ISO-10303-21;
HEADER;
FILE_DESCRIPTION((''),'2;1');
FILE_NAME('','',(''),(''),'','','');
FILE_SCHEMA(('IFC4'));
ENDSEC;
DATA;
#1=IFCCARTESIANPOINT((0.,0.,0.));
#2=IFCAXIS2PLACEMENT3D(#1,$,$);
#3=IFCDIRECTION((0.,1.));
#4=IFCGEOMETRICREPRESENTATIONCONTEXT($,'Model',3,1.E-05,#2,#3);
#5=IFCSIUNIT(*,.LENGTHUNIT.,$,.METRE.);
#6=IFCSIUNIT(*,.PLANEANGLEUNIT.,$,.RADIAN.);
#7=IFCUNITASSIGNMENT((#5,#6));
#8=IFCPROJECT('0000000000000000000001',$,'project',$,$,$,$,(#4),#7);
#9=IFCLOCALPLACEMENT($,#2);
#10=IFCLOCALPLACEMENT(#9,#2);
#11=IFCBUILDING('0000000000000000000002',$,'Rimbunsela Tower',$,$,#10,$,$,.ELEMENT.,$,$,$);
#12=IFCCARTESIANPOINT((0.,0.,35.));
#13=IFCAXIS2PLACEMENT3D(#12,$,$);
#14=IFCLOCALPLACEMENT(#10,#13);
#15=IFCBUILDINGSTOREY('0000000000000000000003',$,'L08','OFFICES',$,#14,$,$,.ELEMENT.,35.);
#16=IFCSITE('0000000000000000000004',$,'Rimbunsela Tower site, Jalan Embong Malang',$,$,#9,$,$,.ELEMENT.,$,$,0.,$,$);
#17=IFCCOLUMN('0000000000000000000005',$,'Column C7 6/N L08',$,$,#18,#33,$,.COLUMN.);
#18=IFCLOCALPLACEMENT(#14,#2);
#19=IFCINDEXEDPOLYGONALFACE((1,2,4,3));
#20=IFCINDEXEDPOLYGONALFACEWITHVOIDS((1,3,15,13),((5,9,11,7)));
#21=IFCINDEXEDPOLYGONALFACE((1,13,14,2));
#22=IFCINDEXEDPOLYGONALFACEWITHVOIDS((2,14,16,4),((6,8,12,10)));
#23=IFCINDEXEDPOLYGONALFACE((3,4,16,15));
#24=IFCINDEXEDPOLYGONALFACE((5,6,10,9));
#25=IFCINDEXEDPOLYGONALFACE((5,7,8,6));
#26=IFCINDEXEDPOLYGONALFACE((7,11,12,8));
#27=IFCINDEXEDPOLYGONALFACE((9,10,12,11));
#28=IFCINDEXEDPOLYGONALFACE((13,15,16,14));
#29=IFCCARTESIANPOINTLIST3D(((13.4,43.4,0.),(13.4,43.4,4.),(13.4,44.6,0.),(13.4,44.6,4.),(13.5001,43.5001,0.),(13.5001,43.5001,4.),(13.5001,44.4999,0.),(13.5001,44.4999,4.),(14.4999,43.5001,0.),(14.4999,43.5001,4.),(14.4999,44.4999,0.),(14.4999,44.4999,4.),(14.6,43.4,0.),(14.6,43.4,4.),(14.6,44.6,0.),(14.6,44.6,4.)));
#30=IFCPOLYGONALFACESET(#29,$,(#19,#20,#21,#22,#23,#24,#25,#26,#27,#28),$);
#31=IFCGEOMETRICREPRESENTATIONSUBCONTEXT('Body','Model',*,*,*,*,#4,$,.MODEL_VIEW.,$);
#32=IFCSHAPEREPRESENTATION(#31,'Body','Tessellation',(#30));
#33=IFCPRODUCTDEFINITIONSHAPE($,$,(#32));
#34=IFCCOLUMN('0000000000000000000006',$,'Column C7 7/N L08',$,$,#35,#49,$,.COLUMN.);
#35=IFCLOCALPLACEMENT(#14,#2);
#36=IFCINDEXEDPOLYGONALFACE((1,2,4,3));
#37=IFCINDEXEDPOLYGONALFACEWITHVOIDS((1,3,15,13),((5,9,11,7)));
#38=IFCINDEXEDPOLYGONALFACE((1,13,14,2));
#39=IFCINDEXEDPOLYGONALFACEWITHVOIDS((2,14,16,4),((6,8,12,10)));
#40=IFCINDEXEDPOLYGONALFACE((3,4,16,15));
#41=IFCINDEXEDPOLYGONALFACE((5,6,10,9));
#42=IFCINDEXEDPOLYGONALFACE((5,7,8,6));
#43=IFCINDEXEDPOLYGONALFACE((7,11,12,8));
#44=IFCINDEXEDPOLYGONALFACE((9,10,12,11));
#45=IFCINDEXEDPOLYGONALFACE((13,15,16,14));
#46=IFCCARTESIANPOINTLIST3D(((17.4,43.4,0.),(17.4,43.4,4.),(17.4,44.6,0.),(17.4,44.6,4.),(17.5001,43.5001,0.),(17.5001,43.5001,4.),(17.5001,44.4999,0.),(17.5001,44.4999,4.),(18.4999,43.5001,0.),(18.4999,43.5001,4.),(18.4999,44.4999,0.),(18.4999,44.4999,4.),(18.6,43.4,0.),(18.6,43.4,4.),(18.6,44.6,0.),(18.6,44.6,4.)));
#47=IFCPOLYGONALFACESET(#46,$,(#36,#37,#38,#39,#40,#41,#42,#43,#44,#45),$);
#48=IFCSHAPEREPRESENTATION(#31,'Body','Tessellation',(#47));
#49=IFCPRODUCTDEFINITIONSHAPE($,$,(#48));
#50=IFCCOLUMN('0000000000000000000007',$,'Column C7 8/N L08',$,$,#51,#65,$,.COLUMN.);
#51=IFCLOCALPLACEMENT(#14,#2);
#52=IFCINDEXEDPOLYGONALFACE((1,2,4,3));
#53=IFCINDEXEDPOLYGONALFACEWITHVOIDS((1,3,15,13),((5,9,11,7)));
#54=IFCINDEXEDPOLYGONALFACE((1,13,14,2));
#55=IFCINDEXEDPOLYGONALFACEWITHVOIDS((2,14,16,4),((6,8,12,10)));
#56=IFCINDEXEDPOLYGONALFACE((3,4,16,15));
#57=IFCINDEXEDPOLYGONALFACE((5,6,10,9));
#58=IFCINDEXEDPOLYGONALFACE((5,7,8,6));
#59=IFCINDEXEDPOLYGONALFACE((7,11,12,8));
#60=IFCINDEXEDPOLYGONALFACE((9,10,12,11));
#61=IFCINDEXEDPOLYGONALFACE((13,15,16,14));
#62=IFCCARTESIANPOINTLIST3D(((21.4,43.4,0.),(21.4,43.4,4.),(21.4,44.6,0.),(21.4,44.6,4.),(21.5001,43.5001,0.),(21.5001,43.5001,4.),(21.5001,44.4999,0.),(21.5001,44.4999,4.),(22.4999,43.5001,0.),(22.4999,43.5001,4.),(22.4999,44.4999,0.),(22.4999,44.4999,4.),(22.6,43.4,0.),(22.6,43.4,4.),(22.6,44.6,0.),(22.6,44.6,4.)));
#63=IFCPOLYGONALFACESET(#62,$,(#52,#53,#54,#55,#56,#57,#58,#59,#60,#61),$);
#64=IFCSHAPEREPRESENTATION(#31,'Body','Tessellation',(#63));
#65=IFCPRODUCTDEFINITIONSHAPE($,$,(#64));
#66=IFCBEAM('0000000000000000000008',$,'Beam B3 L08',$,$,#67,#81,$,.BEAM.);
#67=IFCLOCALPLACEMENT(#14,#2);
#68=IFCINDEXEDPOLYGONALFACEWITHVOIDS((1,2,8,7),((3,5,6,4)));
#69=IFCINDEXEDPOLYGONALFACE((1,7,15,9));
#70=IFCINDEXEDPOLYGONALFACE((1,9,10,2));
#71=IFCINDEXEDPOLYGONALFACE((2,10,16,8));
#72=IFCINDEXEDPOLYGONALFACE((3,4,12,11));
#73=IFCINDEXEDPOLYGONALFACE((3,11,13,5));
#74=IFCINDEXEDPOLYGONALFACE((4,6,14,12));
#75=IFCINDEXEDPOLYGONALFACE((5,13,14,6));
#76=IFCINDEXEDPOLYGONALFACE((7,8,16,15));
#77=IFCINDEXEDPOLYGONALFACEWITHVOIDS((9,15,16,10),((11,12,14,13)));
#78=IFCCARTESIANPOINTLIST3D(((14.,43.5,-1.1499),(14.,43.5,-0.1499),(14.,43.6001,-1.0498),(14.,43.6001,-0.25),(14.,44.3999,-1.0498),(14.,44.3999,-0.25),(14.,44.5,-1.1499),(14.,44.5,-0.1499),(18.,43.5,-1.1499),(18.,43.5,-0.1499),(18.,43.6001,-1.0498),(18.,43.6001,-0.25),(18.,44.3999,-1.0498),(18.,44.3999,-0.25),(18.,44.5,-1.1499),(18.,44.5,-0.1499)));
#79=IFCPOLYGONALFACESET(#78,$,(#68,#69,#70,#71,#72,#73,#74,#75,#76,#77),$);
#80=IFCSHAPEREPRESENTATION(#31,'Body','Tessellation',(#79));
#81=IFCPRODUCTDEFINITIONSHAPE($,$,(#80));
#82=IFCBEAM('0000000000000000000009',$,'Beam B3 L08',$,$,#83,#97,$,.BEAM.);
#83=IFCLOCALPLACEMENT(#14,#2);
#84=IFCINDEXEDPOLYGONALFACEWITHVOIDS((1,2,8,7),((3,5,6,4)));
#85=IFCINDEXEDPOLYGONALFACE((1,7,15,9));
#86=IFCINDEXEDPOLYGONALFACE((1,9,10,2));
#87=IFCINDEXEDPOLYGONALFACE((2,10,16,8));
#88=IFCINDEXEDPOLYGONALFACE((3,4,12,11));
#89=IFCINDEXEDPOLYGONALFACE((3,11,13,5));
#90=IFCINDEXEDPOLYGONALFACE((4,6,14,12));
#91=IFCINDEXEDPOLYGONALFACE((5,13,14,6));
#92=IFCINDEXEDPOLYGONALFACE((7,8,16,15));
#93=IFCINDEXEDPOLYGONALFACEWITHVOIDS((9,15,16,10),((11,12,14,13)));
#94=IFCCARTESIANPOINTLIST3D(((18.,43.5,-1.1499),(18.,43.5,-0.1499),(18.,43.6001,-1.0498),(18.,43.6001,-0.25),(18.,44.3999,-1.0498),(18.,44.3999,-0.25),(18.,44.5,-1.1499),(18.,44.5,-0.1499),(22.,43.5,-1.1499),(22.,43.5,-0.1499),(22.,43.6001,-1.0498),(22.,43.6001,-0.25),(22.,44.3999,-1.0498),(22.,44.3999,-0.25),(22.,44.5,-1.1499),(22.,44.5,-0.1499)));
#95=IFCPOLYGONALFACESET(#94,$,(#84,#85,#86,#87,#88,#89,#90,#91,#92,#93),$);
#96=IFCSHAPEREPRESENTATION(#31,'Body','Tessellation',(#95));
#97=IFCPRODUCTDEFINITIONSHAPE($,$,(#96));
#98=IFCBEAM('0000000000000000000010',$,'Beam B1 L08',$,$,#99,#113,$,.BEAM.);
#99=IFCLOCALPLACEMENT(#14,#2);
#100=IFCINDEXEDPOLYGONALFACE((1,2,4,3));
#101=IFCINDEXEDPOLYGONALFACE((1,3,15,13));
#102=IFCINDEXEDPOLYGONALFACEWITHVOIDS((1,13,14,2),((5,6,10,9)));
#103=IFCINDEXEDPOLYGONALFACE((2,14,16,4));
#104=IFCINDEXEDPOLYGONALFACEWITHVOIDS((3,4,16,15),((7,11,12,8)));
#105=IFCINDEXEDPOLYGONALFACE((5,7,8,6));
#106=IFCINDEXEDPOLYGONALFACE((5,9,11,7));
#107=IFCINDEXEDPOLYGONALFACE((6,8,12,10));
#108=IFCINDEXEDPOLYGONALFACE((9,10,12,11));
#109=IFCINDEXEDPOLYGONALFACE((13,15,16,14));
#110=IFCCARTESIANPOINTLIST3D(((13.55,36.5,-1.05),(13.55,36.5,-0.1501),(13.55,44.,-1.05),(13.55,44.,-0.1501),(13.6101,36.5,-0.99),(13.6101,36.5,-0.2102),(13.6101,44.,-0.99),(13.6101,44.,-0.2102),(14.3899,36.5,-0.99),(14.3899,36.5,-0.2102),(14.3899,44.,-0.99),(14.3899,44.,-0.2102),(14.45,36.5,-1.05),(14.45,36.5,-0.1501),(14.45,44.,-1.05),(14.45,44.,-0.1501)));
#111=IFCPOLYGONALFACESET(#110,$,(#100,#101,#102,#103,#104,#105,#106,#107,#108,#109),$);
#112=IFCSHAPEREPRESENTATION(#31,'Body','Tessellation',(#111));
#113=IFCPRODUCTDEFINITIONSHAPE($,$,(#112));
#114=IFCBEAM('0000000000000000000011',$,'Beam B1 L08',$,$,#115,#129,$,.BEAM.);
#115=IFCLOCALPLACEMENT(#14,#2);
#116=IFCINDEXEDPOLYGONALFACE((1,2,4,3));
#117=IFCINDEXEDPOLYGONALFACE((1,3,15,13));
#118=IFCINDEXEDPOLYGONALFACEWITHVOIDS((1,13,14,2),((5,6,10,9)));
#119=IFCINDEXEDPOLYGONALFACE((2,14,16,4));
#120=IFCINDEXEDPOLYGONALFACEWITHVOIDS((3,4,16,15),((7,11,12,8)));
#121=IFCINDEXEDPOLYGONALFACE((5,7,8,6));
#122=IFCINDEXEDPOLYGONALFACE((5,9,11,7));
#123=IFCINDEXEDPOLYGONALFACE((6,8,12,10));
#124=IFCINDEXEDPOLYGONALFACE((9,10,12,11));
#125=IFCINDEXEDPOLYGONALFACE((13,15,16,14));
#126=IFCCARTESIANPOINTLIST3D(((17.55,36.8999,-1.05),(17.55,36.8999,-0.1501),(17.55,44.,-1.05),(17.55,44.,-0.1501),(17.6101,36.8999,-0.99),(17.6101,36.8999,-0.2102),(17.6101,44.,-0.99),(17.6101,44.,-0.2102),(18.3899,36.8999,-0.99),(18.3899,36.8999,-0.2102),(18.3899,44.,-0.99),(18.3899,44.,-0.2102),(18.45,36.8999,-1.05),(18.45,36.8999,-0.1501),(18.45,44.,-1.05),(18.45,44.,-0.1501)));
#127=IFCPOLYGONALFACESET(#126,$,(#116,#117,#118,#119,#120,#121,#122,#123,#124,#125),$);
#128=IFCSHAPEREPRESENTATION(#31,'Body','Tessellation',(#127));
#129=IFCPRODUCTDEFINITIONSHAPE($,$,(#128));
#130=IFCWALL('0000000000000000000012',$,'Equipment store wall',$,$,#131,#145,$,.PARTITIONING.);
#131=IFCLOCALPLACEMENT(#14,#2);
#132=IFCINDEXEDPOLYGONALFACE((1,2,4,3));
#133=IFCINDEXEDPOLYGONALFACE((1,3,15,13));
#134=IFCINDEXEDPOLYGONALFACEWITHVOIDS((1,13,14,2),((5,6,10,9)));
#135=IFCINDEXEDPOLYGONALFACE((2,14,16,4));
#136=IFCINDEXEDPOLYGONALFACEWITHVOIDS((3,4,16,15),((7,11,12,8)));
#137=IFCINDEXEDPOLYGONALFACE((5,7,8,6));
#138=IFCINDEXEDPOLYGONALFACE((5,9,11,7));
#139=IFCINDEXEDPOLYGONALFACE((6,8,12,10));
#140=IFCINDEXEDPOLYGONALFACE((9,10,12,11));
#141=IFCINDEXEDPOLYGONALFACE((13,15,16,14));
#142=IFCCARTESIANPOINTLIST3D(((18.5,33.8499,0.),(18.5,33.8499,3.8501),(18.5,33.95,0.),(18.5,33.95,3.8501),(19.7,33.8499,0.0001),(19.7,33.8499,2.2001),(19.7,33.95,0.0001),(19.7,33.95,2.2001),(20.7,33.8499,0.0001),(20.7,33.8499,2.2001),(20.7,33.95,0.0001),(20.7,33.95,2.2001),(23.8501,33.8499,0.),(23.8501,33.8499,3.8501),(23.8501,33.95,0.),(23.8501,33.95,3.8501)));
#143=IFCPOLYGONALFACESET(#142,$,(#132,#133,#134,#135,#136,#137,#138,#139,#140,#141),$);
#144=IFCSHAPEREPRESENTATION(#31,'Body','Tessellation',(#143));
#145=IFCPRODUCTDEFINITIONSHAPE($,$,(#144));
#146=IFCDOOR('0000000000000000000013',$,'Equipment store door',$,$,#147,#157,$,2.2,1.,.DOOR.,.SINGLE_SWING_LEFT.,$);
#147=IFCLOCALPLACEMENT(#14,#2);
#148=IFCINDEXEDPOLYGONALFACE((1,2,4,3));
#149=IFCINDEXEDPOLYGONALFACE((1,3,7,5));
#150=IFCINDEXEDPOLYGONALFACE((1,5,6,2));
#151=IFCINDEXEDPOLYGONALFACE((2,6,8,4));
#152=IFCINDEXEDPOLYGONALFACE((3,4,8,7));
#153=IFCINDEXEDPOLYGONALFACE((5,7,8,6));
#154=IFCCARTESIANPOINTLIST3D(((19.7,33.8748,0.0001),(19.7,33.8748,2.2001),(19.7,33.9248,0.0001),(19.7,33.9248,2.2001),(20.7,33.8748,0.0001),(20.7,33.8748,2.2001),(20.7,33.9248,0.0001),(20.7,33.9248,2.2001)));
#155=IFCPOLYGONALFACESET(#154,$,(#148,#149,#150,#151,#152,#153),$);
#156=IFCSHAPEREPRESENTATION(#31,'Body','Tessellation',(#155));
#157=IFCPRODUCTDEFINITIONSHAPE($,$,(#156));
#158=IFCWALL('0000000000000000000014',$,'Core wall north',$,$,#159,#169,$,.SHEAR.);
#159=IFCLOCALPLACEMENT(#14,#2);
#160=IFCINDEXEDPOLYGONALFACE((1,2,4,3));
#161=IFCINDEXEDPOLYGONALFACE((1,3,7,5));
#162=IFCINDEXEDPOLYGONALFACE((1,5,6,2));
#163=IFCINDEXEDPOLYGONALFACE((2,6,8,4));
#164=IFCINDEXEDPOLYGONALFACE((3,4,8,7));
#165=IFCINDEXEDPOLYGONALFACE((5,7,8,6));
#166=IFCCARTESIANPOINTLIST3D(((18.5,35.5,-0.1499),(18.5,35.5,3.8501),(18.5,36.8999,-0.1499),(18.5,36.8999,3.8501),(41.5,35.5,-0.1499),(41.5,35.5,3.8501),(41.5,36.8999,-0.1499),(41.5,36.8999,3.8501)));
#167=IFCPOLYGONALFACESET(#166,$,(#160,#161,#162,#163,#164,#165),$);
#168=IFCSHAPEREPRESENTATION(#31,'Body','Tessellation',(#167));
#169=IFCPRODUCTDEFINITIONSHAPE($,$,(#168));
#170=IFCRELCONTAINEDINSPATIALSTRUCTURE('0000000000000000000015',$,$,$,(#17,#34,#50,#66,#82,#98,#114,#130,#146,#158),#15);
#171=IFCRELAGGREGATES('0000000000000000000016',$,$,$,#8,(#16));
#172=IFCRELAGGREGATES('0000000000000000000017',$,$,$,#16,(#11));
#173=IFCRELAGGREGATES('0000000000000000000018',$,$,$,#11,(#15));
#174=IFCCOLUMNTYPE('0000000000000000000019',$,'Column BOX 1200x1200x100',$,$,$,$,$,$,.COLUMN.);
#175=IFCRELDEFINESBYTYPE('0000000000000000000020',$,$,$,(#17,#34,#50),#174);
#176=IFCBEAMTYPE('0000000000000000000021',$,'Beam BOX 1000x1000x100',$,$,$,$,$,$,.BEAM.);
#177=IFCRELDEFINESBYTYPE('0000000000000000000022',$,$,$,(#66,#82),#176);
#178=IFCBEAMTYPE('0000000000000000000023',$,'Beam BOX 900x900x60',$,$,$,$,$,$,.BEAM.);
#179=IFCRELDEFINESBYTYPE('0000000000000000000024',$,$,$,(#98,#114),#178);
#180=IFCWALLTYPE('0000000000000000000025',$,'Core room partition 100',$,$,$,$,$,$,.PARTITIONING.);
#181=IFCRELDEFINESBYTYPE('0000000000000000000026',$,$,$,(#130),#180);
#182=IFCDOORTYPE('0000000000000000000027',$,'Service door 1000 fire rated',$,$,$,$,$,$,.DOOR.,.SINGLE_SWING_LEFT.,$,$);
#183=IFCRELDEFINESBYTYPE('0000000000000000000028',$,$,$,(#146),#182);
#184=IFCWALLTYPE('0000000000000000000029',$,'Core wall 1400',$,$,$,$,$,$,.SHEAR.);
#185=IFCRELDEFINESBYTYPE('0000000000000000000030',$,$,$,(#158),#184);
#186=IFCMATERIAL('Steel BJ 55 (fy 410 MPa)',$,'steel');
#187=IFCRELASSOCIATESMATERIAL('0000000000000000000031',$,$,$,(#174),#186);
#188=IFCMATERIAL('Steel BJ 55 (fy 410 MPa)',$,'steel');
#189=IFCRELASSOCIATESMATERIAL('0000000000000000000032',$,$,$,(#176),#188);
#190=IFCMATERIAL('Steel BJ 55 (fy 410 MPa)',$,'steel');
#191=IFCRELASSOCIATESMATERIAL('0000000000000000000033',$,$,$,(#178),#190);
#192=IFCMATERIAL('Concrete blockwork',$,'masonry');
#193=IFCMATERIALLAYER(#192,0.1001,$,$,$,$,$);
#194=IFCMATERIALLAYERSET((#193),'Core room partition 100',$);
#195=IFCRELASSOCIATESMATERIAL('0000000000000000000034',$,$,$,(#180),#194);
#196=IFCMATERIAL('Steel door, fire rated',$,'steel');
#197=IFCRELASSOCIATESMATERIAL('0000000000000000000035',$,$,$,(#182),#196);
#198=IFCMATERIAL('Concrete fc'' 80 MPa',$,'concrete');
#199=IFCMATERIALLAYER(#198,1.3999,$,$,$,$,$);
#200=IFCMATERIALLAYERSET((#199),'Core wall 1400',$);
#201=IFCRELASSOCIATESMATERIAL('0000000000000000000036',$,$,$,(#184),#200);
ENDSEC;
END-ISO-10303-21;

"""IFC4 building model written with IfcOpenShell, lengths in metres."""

from ifc_helpers import new_model, si_unit, direction, frame, frame_2d, origin, origin_2d, place, context, subcontext, project, spatial, rectangle, hollow_rectangle, extrude, material, layer, layer_set, material_profile, profile_set, type_object, element, fill, save


model = new_model("IFC4")

# Units and contexts
model_context = context("Model", 3, precision=1e-05, world=origin(), true_north=direction((0.0, 1.0)))
body_context = subcontext(model_context, "Body", "Model", "MODEL_VIEW")
ifc_project = project(units=[si_unit("LENGTHUNIT", "METRE"), si_unit("PLANEANGLEUNIT", "RADIAN")], contexts=[model_context])

# Site, building, storey
site_placement = place(None, origin())
site = spatial("IfcSite", under=ifc_project, at=site_placement, Name="Rimbunsela Tower site, Jalan Embong Malang", CompositionType="ELEMENT", RefElevation=0.0)
building_placement = place(site_placement, origin())
building = spatial("IfcBuilding", under=site, at=building_placement, Name="Rimbunsela Tower", CompositionType="ELEMENT")
storey_placement = place(building_placement, frame((0.0, 0.0, 35.0)))
storey = spatial("IfcBuildingStorey", under=building, at=storey_placement, Name="L08", Description="OFFICES", CompositionType="ELEMENT", Elevation=35.0)

# Columns
ifc_material_1 = material(Name="Steel BJ 55 (fy 410 MPa)", Category="steel")
ifc_material_profile_1 = material_profile(ifc_material_1, hollow_rectangle(XDim=1.2, YDim=1.2, WallThickness=0.1001, at=origin_2d()), Name="BOX 1200x1200x100")
ifc_profile_set_1 = profile_set([ifc_material_profile_1], Name="Steel BJ 55 (fy 410 MPa)")
column_type = type_object("IfcColumnType", Name="Column BOX 1200x1200x100", PredefinedType="COLUMN", material=ifc_profile_set_1)
for number, where, z_axis, x_axis, name in (
    (1, (14.0, 44.0, 0.0), (0.0, 0.0, 1.0), (1.0, 0.0, 0.0), "Column C7 6/N L08"),
    (2, (18.0, 44.0, 0.0), (0.0, 0.0, 1.0), (1.0, 0.0, 0.0), "Column C7 7/N L08"),
    (3, (22.0, 44.0, 0.0), (0.0, 0.0, 1.0), (1.0, 0.0, 0.0), "Column C7 8/N L08"),
):
    element("IfcColumn", number, at=place(storey_placement, frame(where, z_axis=z_axis, x_axis=x_axis)), inside=storey, type_object=column_type, Name=name, PredefinedType="COLUMN", context=body_context, shape_type="SweptSolid", body=[
        extrude(hollow_rectangle(XDim=1.2, YDim=1.2, WallThickness=0.1001, at=origin_2d()), origin(), (0.0, 0.0, 1.0), 4.0),
    ])

# Beams
ifc_material_2 = material(Name="Steel BJ 55 (fy 410 MPa)", Category="steel")
ifc_material_profile_2 = material_profile(ifc_material_2, hollow_rectangle(XDim=1.0, YDim=1.0, WallThickness=0.1001, at=origin_2d()), Name="BOX 1000x1000x100")
ifc_profile_set_2 = profile_set([ifc_material_profile_2], Name="Steel BJ 55 (fy 410 MPa)")
beam_type_1 = type_object("IfcBeamType", Name="Beam BOX 1000x1000x100", PredefinedType="BEAM", material=ifc_profile_set_2)
for number, where, z_axis, x_axis, name in (
    (4, (14.0, 44.0, -0.6499), (1.0, 0.0, 0.0), (0.0, 1.0, 0.0), "Beam B3 L08"),
    (5, (18.0, 44.0, -0.6499), (1.0, 0.0, 0.0), (0.0, 1.0, 0.0), "Beam B3 L08"),
):
    element("IfcBeam", number, at=place(storey_placement, frame(where, z_axis=z_axis, x_axis=x_axis)), inside=storey, type_object=beam_type_1, Name=name, PredefinedType="BEAM", context=body_context, shape_type="SweptSolid", body=[
        extrude(hollow_rectangle(XDim=1.0, YDim=1.0, WallThickness=0.1001, at=origin_2d()), origin(), (0.0, 0.0, 1.0), 4.0),
    ])
ifc_material_3 = material(Name="Steel BJ 55 (fy 410 MPa)", Category="steel")
ifc_material_profile_3 = material_profile(ifc_material_3, hollow_rectangle(XDim=0.8999, YDim=0.8999, WallThickness=0.0601, at=origin_2d()), Name="BOX 900x900x60")
ifc_profile_set_3 = profile_set([ifc_material_profile_3], Name="Steel BJ 55 (fy 410 MPa)")
beam_type_2 = type_object("IfcBeamType", Name="Beam BOX 900x900x60", PredefinedType="BEAM", material=ifc_profile_set_3)
beam_1_placement = place(storey_placement, frame((14.0, 36.5, -0.6001), z_axis=(0.0, 1.0, 0.0), x_axis=(-1.0, 0.0, 0.0)))
element("IfcBeam", 6, at=beam_1_placement, inside=storey, type_object=beam_type_2, Name="Beam B1 L08", PredefinedType="BEAM", context=body_context, shape_type="SweptSolid", body=[
    extrude(hollow_rectangle(XDim=0.8999, YDim=0.8999, WallThickness=0.0601, at=origin_2d()), origin(), (0.0, 0.0, 1.0), 7.5),
])
beam_2_placement = place(storey_placement, frame((18.0, 36.8999, -0.6001), z_axis=(0.0, 1.0, 0.0), x_axis=(-1.0, 0.0, 0.0)))
element("IfcBeam", 7, at=beam_2_placement, inside=storey, type_object=beam_type_2, Name="Beam B1 L08", PredefinedType="BEAM", context=body_context, shape_type="SweptSolid", body=[
    extrude(hollow_rectangle(XDim=0.8999, YDim=0.8999, WallThickness=0.0601, at=origin_2d()), origin(), (0.0, 0.0, 1.0), 7.1001),
])

# Wall, opening, door
ifc_material_4 = material(Name="Concrete blockwork", Category="masonry")
ifc_layer_1 = layer(ifc_material_4, 0.1001)
ifc_layer_set_1 = layer_set([ifc_layer_1], Name="Core room partition 100")
wall_type_1 = type_object("IfcWallType", Name="Core room partition 100", PredefinedType="PARTITIONING", material=ifc_layer_set_1)
wall_1_placement = place(storey_placement, frame((18.5, 33.8999, 0.0), z_axis=(0.0, 0.0, 1.0), x_axis=(1.0, 0.0, 0.0)))
wall_1 = element("IfcWall", 8, at=wall_1_placement, inside=storey, type_object=wall_type_1, Name="Equipment store wall", PredefinedType="PARTITIONING", context=body_context, shape_type="SweptSolid", body=[
    extrude(rectangle(XDim=5.3501, YDim=0.1001, at=frame_2d((2.675, 0.0))), origin(), (0.0, 0.0, 1.0), 3.8501),
])
opening_1_placement = place(wall_1_placement, frame((1.2, 0.0, 0.0)))
opening_1 = element("IfcOpeningElement", 9, at=opening_1_placement, cuts=wall_1, PredefinedType="OPENING", context=body_context, shape_type="SweptSolid", body=[
    extrude(rectangle(XDim=1.0, YDim=2.2, at=frame_2d((0.5, 1.1001))), frame((0.0, 0.0601, 0.0), z_axis=(0.0, -1.0, 0.0), x_axis=(1.0, 0.0, 0.0)), (0.0, 0.0, 1.0), 0.1201),
])
ifc_material_5 = material(Name="Steel door, fire rated", Category="steel")
door_type_1 = type_object("IfcDoorType", Name="Service door 1000 fire rated", OperationType="SINGLE_SWING_LEFT", PredefinedType="DOOR", material=ifc_material_5)
door_1_placement = place(opening_1_placement, origin())
door_1 = element("IfcDoor", 10, at=door_1_placement, inside=storey, type_object=door_type_1, Name="Equipment store door", OperationType="SINGLE_SWING_LEFT", OverallHeight=2.2, OverallWidth=1.0, PredefinedType="DOOR", context=body_context, shape_type="SweptSolid", body=[
    extrude(rectangle(XDim=1.0, YDim=2.2, at=frame_2d((0.5, 1.1001))), frame((0.0, 0.0249, 0.0), z_axis=(0.0, -1.0, 0.0), x_axis=(1.0, 0.0, 0.0)), (0.0, 0.0, 1.0), 0.05),
])
fill(opening_1, door_1)

# Wall
ifc_material_6 = material(Name="Concrete fc' 80 MPa", Category="concrete")
ifc_layer_2 = layer(ifc_material_6, 1.3999)
ifc_layer_set_2 = layer_set([ifc_layer_2], Name="Core wall 1400")
wall_type_2 = type_object("IfcWallType", Name="Core wall 1400", PredefinedType="SHEAR", material=ifc_layer_set_2)
wall_2_placement = place(storey_placement, frame((18.5, 36.2, -0.1499), z_axis=(0.0, 0.0, 1.0), x_axis=(1.0, 0.0, 0.0)))
element("IfcWall", 11, at=wall_2_placement, inside=storey, type_object=wall_type_2, Name="Core wall north", PredefinedType="SHEAR", context=body_context, shape_type="SweptSolid", body=[
    extrude(rectangle(XDim=23.0, YDim=1.3999, at=frame_2d((11.5, 0.0))), origin(), (0.0, 0.0, 1.0), 4.0),
])

save(model, "model.ifc")
